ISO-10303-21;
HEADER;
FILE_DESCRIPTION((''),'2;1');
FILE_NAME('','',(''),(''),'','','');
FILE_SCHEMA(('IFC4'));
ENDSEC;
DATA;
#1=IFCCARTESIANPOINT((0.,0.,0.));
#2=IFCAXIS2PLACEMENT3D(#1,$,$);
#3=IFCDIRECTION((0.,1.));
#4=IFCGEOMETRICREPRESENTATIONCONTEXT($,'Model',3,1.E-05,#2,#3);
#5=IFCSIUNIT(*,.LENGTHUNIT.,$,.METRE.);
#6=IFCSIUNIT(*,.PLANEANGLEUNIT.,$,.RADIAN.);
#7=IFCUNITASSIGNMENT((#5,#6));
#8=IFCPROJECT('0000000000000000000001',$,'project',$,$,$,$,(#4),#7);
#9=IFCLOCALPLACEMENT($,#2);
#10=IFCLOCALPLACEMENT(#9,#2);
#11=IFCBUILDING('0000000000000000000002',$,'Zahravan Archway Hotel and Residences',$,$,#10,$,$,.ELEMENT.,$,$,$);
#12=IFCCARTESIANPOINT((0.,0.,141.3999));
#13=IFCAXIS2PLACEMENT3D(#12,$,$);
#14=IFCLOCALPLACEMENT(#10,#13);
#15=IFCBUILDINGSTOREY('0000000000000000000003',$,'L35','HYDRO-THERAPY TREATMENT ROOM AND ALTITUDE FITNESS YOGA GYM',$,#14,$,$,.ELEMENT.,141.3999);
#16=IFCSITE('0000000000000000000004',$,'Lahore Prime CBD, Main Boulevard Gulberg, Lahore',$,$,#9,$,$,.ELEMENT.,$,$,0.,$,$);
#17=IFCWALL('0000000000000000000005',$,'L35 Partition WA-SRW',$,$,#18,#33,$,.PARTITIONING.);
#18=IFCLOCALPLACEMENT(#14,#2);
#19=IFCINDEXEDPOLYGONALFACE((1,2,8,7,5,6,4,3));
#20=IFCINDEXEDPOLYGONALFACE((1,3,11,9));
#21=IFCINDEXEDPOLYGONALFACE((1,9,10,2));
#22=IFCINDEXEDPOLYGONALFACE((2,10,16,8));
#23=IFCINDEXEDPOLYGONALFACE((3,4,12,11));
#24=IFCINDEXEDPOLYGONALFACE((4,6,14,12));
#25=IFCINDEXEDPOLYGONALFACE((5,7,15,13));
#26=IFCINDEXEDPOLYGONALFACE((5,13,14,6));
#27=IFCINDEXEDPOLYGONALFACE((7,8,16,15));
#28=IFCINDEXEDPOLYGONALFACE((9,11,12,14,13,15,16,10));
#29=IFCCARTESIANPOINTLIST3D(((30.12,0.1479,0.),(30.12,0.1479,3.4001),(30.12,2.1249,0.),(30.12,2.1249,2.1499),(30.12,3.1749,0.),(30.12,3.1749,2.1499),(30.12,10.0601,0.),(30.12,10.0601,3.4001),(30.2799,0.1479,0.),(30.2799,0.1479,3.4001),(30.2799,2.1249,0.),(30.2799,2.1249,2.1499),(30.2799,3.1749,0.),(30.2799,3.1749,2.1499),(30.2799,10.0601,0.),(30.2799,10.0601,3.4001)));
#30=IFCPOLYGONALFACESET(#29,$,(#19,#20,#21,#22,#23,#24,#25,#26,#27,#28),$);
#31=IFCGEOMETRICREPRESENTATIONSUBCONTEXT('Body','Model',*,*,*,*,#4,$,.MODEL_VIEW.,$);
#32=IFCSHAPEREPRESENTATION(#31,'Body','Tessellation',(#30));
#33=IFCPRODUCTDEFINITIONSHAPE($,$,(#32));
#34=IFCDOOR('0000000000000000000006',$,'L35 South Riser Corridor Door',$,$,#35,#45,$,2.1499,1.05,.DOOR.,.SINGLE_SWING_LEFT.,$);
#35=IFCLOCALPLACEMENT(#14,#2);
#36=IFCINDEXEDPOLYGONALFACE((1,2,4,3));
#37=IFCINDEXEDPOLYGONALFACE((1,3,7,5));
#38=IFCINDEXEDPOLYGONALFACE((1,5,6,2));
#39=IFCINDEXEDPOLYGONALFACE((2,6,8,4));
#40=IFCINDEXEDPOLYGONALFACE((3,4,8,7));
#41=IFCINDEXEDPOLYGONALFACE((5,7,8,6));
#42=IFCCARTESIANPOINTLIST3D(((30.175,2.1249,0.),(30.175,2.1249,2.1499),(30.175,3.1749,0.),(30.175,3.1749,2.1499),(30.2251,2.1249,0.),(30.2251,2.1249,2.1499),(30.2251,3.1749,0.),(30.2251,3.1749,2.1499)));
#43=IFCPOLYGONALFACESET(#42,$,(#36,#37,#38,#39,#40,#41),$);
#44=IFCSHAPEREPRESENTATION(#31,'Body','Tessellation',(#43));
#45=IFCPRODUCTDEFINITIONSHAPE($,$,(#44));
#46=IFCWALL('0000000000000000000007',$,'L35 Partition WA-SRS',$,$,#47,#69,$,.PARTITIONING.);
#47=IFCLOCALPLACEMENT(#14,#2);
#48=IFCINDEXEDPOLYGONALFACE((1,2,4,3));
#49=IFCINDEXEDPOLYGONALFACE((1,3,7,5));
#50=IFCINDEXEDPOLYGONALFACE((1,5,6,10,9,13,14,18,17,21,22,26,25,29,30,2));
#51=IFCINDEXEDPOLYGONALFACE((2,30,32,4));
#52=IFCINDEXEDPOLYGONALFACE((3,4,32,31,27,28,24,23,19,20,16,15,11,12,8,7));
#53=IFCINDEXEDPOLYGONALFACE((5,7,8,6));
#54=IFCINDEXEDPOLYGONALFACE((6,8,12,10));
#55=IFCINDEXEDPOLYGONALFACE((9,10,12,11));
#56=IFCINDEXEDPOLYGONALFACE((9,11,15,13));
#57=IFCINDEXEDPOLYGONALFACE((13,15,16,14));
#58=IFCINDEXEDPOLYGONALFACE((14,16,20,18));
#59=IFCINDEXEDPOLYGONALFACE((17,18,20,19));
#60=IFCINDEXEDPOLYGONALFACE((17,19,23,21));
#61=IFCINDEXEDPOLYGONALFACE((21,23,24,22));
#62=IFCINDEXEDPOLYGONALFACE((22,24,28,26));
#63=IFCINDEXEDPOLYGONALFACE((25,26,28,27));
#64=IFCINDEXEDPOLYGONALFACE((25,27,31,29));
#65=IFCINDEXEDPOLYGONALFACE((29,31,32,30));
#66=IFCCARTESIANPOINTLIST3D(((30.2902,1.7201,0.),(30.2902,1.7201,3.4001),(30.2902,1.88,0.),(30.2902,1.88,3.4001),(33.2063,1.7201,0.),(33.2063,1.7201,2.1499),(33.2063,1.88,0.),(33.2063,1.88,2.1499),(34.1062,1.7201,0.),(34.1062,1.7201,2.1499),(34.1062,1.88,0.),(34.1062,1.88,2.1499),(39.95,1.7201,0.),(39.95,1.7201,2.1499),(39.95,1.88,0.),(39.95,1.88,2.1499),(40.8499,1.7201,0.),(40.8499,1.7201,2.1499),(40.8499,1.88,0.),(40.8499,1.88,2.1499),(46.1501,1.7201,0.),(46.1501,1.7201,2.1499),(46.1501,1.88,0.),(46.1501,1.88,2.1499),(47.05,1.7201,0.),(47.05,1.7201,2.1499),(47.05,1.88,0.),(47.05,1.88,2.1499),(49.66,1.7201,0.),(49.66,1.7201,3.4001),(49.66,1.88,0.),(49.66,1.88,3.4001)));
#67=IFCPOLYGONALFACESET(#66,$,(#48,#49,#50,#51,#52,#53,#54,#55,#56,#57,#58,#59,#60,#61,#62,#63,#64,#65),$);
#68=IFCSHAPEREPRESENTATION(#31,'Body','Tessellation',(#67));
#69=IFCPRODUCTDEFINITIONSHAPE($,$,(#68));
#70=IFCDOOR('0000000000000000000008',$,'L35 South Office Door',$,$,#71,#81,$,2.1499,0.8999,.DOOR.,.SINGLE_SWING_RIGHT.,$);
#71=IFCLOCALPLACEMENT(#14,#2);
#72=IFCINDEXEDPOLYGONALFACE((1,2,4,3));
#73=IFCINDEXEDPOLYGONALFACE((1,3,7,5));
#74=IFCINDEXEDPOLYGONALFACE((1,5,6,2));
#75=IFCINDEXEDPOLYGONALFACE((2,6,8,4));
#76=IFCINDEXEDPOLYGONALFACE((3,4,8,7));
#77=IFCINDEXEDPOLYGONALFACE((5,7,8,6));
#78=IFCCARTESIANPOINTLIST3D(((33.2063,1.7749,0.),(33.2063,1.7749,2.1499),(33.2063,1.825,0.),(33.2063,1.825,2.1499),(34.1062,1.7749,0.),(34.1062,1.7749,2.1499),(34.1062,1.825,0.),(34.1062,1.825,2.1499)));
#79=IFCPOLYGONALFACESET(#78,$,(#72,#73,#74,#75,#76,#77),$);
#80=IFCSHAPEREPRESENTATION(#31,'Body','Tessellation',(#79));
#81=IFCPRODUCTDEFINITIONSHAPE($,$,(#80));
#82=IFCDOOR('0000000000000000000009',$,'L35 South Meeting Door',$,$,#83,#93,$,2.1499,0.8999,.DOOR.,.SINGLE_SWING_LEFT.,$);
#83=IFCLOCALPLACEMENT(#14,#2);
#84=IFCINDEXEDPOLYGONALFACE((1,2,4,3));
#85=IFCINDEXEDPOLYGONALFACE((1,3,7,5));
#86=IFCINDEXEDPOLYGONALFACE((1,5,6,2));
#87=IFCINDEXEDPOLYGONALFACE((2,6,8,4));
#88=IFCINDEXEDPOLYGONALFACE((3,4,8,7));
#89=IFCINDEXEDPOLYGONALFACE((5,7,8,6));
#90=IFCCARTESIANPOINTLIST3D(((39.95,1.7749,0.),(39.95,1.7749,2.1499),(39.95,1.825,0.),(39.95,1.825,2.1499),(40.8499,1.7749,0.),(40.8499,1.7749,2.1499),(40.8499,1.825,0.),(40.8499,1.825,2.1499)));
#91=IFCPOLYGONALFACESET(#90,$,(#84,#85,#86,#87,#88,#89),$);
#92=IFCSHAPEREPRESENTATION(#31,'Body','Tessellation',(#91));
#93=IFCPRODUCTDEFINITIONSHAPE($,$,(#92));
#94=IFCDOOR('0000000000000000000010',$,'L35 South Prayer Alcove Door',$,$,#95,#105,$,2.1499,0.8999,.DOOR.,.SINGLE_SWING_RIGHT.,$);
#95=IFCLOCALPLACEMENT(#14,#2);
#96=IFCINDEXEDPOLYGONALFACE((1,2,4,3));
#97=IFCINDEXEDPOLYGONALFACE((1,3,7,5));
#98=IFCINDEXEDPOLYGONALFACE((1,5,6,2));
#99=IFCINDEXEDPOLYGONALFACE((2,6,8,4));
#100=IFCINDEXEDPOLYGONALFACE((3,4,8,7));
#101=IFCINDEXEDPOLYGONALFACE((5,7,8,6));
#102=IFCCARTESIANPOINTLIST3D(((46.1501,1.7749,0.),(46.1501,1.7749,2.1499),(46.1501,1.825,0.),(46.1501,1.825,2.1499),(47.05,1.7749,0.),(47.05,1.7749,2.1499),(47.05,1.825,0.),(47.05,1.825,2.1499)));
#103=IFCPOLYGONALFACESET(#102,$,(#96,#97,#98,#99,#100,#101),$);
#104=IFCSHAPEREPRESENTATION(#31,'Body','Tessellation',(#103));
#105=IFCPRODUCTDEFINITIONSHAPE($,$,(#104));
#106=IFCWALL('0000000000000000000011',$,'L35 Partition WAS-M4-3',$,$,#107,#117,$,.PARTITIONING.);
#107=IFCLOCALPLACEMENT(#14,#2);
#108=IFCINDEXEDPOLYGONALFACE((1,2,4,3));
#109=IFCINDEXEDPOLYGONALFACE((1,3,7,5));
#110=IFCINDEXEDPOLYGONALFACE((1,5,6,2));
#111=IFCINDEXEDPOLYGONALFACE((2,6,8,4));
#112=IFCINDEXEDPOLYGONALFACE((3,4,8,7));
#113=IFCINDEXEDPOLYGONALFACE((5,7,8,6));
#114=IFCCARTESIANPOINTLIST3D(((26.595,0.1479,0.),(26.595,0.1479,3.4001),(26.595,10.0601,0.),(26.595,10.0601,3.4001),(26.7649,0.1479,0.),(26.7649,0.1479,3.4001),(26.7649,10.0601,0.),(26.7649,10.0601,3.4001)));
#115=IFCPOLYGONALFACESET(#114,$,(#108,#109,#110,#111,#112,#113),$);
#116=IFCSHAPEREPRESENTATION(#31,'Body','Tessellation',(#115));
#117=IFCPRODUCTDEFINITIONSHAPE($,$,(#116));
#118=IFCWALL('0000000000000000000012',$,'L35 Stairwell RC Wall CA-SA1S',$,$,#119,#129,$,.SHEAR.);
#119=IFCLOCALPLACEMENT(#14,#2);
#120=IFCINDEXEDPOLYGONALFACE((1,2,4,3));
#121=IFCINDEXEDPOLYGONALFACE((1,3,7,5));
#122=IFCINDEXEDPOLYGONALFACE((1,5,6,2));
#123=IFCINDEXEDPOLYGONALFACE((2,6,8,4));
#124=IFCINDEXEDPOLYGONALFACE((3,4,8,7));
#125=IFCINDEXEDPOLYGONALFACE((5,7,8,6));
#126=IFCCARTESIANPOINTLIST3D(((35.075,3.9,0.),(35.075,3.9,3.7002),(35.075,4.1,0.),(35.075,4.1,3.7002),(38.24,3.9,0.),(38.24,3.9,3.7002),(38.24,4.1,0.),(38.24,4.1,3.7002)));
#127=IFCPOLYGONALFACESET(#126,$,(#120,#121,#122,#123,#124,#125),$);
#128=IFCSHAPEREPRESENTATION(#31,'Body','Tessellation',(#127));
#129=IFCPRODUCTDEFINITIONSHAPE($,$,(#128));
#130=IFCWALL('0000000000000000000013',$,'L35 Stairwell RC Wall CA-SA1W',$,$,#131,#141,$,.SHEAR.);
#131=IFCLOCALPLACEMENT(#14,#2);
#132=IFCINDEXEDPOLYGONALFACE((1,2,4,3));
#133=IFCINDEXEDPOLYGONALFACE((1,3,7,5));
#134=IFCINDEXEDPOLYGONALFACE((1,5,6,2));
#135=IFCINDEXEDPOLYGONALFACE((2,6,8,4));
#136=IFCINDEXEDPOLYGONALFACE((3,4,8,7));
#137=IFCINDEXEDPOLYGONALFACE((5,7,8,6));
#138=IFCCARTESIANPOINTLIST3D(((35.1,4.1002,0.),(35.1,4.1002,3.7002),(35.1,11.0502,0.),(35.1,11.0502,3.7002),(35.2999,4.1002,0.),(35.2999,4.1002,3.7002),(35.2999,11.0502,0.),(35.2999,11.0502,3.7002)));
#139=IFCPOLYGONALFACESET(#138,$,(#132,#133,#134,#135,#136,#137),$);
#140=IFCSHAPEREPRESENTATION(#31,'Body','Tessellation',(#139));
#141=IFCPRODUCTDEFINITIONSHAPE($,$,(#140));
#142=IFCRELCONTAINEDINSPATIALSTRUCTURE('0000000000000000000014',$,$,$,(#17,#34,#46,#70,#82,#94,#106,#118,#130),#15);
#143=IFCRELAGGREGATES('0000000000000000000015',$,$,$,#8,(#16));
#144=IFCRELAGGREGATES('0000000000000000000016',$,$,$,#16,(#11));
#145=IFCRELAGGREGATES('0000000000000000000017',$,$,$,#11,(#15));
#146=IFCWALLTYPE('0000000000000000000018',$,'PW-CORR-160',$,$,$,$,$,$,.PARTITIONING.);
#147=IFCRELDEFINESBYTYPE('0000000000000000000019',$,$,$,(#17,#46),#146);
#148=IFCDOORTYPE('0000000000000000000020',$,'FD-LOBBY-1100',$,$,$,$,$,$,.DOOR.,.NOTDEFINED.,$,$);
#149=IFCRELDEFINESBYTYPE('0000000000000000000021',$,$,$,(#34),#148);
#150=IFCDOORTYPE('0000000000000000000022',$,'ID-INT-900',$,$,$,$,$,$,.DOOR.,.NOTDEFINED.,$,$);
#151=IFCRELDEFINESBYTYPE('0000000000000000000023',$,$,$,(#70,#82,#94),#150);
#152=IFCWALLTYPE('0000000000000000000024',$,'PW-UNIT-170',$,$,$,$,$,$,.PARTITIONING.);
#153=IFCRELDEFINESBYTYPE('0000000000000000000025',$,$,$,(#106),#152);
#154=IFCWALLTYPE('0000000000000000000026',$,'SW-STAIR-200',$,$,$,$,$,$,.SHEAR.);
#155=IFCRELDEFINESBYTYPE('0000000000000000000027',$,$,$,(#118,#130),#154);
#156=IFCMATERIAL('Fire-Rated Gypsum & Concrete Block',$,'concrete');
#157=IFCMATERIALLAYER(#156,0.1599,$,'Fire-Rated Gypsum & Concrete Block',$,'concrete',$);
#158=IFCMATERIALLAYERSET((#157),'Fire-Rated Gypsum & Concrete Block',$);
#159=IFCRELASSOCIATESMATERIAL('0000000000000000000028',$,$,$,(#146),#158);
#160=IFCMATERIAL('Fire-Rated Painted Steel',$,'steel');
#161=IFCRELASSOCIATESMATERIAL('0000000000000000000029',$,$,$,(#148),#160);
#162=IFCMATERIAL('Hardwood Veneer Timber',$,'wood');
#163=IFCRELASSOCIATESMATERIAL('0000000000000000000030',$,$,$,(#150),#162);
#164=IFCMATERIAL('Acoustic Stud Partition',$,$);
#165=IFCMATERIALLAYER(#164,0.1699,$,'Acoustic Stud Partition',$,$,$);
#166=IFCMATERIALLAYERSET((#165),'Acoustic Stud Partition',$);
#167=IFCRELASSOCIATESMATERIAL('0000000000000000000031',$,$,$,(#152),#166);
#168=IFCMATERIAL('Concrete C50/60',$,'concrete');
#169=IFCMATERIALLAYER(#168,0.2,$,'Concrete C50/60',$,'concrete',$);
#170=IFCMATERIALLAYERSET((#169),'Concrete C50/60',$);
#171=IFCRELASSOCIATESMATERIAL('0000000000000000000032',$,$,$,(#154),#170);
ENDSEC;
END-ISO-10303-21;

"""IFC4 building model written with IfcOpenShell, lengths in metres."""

from ifc_helpers import new_model, si_unit, direction, frame, frame_2d, origin, place, context, subcontext, project, spatial, rectangle, extrude, source, transform, mapped, material, layer, layer_set, type_object, type_shapes, element, fill, save


model = new_model("IFC4")

# Units and contexts
model_context = context("Model", 3, precision=1e-05, world=origin(), true_north=direction((0.0, 1.0)))
body_context = subcontext(model_context, "Body", "Model", "MODEL_VIEW")
ifc_project = project(units=[si_unit("LENGTHUNIT", "METRE"), si_unit("PLANEANGLEUNIT", "RADIAN")], contexts=[model_context])

# Site, building, storey
site_placement = place(None, origin())
site = spatial("IfcSite", under=ifc_project, at=site_placement, Name="Lahore Prime CBD, Main Boulevard Gulberg, Lahore", CompositionType="ELEMENT", RefElevation=0.0)
building_placement = place(site_placement, origin())
building = spatial("IfcBuilding", under=site, at=building_placement, Name="Zahravan Archway Hotel and Residences", CompositionType="ELEMENT")
storey_placement = place(building_placement, frame((0.0, 0.0, 141.3999)))
storey = spatial("IfcBuildingStorey", under=building, at=storey_placement, Name="L35", Description="HYDRO-THERAPY TREATMENT ROOM AND ALTITUDE FITNESS YOGA GYM", CompositionType="ELEMENT", Elevation=141.3999)

# Shared definitions
ifc_material_1 = material(Name="Fire-Rated Painted Steel", Category="steel")

# Wall, opening, door
ifc_material_2 = material(Name="Fire-Rated Gypsum & Concrete Block", Category="concrete")
ifc_layer_1 = layer(ifc_material_2, 0.1599, Name="Fire-Rated Gypsum & Concrete Block", Category="concrete")
ifc_layer_set_1 = layer_set([ifc_layer_1], Name="Fire-Rated Gypsum & Concrete Block")
wall_type_1 = type_object("IfcWallType", Name="PW-CORR-160", PredefinedType="PARTITIONING", material=ifc_layer_set_1)
wall_1_placement = place(storey_placement, frame((30.2, 0.1479, 0.0), z_axis=(0.0, 0.0, 1.0), x_axis=(0.0, 1.0, 0.0)))
wall_1 = element("IfcWall", 1, at=wall_1_placement, inside=storey, type_object=wall_type_1, Name="L35 Partition WA-SRW", PredefinedType="PARTITIONING", context=body_context, shape_type="SweptSolid", body=[
    extrude(rectangle(XDim=9.9121, YDim=0.1599, at=frame_2d((4.9561, 0.0))), origin(), (0.0, 0.0, 1.0), 3.4001),
])
opening_1_placement = place(wall_1_placement, frame((1.9771, 0.0, 0.0)))
opening_1 = element("IfcOpeningElement", 2, at=opening_1_placement, cuts=wall_1, PredefinedType="OPENING", context=body_context, shape_type="SweptSolid", body=[
    extrude(rectangle(XDim=1.05, YDim=2.1499, at=frame_2d((0.5249, 1.075))), frame((0.0, 0.0898, 0.0), z_axis=(0.0, -1.0, 0.0), x_axis=(1.0, 0.0, 0.0)), (0.0, 0.0, 1.0), 0.1799),
])
door_type_1 = type_object("IfcDoorType", Name="FD-LOBBY-1100", OperationType="NOTDEFINED", PredefinedType="DOOR", material=ifc_material_1)
shared_shape_1 = source(origin(), body_context, "Body", "SweptSolid", [
    extrude(rectangle(XDim=1.05, YDim=2.1499, at=frame_2d((0.5249, 1.075))), frame((0.0, 0.0249, 0.0), z_axis=(0.0, -1.0, 0.0), x_axis=(1.0, 0.0, 0.0)), (0.0, 0.0, 1.0), 0.05),
])
type_shapes(door_type_1, [shared_shape_1])
door_1_placement = place(opening_1_placement, origin())
door_1 = element("IfcDoor", 3, at=door_1_placement, inside=storey, type_object=door_type_1, Name="L35 South Riser Corridor Door", OperationType="SINGLE_SWING_LEFT", OverallHeight=2.1499, OverallWidth=1.05, PredefinedType="DOOR", context=body_context, shape_type="MappedRepresentation", body=[
    mapped(shared_shape_1, transform((0.0, 0.0, 0.0), scale=1.0)),
])
fill(opening_1, door_1)

# Wall, openings, doors
wall_2_placement = place(storey_placement, frame((30.29, 1.8, 0.0), z_axis=(0.0, 0.0, 1.0), x_axis=(1.0, 0.0, 0.0)))
wall_2 = element("IfcWall", 4, at=wall_2_placement, inside=storey, type_object=wall_type_1, Name="L35 Partition WA-SRS", PredefinedType="PARTITIONING", context=body_context, shape_type="SweptSolid", body=[
    extrude(rectangle(XDim=19.3699, YDim=0.1599, at=frame_2d((9.6851, 0.0))), origin(), (0.0, 0.0, 1.0), 3.4001),
])
opening_2_placement = place(wall_2_placement, frame((2.9163, 0.0, 0.0)))
opening_2 = element("IfcOpeningElement", 5, at=opening_2_placement, cuts=wall_2, PredefinedType="OPENING", context=body_context, shape_type="SweptSolid", body=[
    extrude(rectangle(XDim=0.8999, YDim=2.1499, at=frame_2d((0.45, 1.075))), frame((0.0, 0.0898, 0.0), z_axis=(0.0, -1.0, 0.0), x_axis=(1.0, 0.0, 0.0)), (0.0, 0.0, 1.0), 0.1799),
])
opening_3_placement = place(wall_2_placement, frame((9.6599, 0.0, 0.0)))
opening_3 = element("IfcOpeningElement", 6, at=opening_3_placement, cuts=wall_2, PredefinedType="OPENING", context=body_context, shape_type="SweptSolid", body=[
    extrude(rectangle(XDim=0.8999, YDim=2.1499, at=frame_2d((0.45, 1.075))), frame((0.0, 0.0898, 0.0), z_axis=(0.0, -1.0, 0.0), x_axis=(1.0, 0.0, 0.0)), (0.0, 0.0, 1.0), 0.1799),
])
opening_4_placement = place(wall_2_placement, frame((15.8601, 0.0, 0.0)))
opening_4 = element("IfcOpeningElement", 7, at=opening_4_placement, cuts=wall_2, PredefinedType="OPENING", context=body_context, shape_type="SweptSolid", body=[
    extrude(rectangle(XDim=0.8999, YDim=2.1499, at=frame_2d((0.45, 1.075))), frame((0.0, 0.0898, 0.0), z_axis=(0.0, -1.0, 0.0), x_axis=(1.0, 0.0, 0.0)), (0.0, 0.0, 1.0), 0.1799),
])
ifc_material_3 = material(Name="Hardwood Veneer Timber", Category="wood")
door_type_2 = type_object("IfcDoorType", Name="ID-INT-900", OperationType="NOTDEFINED", PredefinedType="DOOR", material=ifc_material_3)
shared_shape_2 = source(origin(), body_context, "Body", "SweptSolid", [
    extrude(rectangle(XDim=0.8999, YDim=2.1499, at=frame_2d((0.45, 1.075))), frame((0.0, 0.0249, 0.0), z_axis=(0.0, -1.0, 0.0), x_axis=(1.0, 0.0, 0.0)), (0.0, 0.0, 1.0), 0.05),
])
type_shapes(door_type_2, [shared_shape_2])
door_2_placement = place(opening_2_placement, origin())
door_2 = element("IfcDoor", 8, at=door_2_placement, inside=storey, type_object=door_type_2, Name="L35 South Office Door", OperationType="SINGLE_SWING_RIGHT", OverallHeight=2.1499, OverallWidth=0.8999, PredefinedType="DOOR", context=body_context, shape_type="MappedRepresentation", body=[
    mapped(shared_shape_2, transform((0.0, 0.0, 0.0), scale=1.0)),
])
fill(opening_2, door_2)
door_3_placement = place(opening_3_placement, origin())
door_3 = element("IfcDoor", 9, at=door_3_placement, inside=storey, type_object=door_type_2, Name="L35 South Meeting Door", OperationType="SINGLE_SWING_LEFT", OverallHeight=2.1499, OverallWidth=0.8999, PredefinedType="DOOR", context=body_context, shape_type="MappedRepresentation", body=[
    mapped(shared_shape_2, transform((0.0, 0.0, 0.0), scale=1.0)),
])
fill(opening_3, door_3)
door_4_placement = place(opening_4_placement, origin())
door_4 = element("IfcDoor", 10, at=door_4_placement, inside=storey, type_object=door_type_2, Name="L35 South Prayer Alcove Door", OperationType="SINGLE_SWING_RIGHT", OverallHeight=2.1499, OverallWidth=0.8999, PredefinedType="DOOR", context=body_context, shape_type="MappedRepresentation", body=[
    mapped(shared_shape_2, transform((0.0, 0.0, 0.0), scale=1.0)),
])
fill(opening_4, door_4)

# Walls
ifc_material_4 = material(Name="Acoustic Stud Partition")
ifc_layer_2 = layer(ifc_material_4, 0.1699, Name="Acoustic Stud Partition")
ifc_layer_set_2 = layer_set([ifc_layer_2], Name="Acoustic Stud Partition")
wall_type_2 = type_object("IfcWallType", Name="PW-UNIT-170", PredefinedType="PARTITIONING", material=ifc_layer_set_2)
wall_3_placement = place(storey_placement, frame((26.6799, 0.1479, 0.0), z_axis=(0.0, 0.0, 1.0), x_axis=(0.0, 1.0, 0.0)))
element("IfcWall", 11, at=wall_3_placement, inside=storey, type_object=wall_type_2, Name="L35 Partition WAS-M4-3", PredefinedType="PARTITIONING", context=body_context, shape_type="SweptSolid", body=[
    extrude(rectangle(XDim=9.9121, YDim=0.1699, at=frame_2d((4.9561, 0.0))), origin(), (0.0, 0.0, 1.0), 3.4001),
])
ifc_material_5 = material(Name="Concrete C50/60", Category="concrete")
ifc_layer_3 = layer(ifc_material_5, 0.2, Name="Concrete C50/60", Category="concrete")
ifc_layer_set_3 = layer_set([ifc_layer_3], Name="Concrete C50/60")
wall_type_3 = type_object("IfcWallType", Name="SW-STAIR-200", PredefinedType="SHEAR", material=ifc_layer_set_3)
wall_4_placement = place(storey_placement, frame((35.075, 4.0, 0.0), z_axis=(0.0, 0.0, 1.0), x_axis=(1.0, 0.0, 0.0)))
element("IfcWall", 12, at=wall_4_placement, inside=storey, type_object=wall_type_3, Name="L35 Stairwell RC Wall CA-SA1S", PredefinedType="SHEAR", context=body_context, shape_type="SweptSolid", body=[
    extrude(rectangle(XDim=3.165, YDim=0.2, at=frame_2d((1.5825, 0.0))), origin(), (0.0, 0.0, 1.0), 3.7002),
])
wall_5_placement = place(storey_placement, frame((35.2, 4.1001, 0.0), z_axis=(0.0, 0.0, 1.0), x_axis=(0.0, 1.0, 0.0)))
element("IfcWall", 13, at=wall_5_placement, inside=storey, type_object=wall_type_3, Name="L35 Stairwell RC Wall CA-SA1W", PredefinedType="SHEAR", context=body_context, shape_type="SweptSolid", body=[
    extrude(rectangle(XDim=6.95, YDim=0.2, at=frame_2d((3.4751, 0.0))), origin(), (0.0, 0.0, 1.0), 3.7002),
])

save(model, "model.ifc")
